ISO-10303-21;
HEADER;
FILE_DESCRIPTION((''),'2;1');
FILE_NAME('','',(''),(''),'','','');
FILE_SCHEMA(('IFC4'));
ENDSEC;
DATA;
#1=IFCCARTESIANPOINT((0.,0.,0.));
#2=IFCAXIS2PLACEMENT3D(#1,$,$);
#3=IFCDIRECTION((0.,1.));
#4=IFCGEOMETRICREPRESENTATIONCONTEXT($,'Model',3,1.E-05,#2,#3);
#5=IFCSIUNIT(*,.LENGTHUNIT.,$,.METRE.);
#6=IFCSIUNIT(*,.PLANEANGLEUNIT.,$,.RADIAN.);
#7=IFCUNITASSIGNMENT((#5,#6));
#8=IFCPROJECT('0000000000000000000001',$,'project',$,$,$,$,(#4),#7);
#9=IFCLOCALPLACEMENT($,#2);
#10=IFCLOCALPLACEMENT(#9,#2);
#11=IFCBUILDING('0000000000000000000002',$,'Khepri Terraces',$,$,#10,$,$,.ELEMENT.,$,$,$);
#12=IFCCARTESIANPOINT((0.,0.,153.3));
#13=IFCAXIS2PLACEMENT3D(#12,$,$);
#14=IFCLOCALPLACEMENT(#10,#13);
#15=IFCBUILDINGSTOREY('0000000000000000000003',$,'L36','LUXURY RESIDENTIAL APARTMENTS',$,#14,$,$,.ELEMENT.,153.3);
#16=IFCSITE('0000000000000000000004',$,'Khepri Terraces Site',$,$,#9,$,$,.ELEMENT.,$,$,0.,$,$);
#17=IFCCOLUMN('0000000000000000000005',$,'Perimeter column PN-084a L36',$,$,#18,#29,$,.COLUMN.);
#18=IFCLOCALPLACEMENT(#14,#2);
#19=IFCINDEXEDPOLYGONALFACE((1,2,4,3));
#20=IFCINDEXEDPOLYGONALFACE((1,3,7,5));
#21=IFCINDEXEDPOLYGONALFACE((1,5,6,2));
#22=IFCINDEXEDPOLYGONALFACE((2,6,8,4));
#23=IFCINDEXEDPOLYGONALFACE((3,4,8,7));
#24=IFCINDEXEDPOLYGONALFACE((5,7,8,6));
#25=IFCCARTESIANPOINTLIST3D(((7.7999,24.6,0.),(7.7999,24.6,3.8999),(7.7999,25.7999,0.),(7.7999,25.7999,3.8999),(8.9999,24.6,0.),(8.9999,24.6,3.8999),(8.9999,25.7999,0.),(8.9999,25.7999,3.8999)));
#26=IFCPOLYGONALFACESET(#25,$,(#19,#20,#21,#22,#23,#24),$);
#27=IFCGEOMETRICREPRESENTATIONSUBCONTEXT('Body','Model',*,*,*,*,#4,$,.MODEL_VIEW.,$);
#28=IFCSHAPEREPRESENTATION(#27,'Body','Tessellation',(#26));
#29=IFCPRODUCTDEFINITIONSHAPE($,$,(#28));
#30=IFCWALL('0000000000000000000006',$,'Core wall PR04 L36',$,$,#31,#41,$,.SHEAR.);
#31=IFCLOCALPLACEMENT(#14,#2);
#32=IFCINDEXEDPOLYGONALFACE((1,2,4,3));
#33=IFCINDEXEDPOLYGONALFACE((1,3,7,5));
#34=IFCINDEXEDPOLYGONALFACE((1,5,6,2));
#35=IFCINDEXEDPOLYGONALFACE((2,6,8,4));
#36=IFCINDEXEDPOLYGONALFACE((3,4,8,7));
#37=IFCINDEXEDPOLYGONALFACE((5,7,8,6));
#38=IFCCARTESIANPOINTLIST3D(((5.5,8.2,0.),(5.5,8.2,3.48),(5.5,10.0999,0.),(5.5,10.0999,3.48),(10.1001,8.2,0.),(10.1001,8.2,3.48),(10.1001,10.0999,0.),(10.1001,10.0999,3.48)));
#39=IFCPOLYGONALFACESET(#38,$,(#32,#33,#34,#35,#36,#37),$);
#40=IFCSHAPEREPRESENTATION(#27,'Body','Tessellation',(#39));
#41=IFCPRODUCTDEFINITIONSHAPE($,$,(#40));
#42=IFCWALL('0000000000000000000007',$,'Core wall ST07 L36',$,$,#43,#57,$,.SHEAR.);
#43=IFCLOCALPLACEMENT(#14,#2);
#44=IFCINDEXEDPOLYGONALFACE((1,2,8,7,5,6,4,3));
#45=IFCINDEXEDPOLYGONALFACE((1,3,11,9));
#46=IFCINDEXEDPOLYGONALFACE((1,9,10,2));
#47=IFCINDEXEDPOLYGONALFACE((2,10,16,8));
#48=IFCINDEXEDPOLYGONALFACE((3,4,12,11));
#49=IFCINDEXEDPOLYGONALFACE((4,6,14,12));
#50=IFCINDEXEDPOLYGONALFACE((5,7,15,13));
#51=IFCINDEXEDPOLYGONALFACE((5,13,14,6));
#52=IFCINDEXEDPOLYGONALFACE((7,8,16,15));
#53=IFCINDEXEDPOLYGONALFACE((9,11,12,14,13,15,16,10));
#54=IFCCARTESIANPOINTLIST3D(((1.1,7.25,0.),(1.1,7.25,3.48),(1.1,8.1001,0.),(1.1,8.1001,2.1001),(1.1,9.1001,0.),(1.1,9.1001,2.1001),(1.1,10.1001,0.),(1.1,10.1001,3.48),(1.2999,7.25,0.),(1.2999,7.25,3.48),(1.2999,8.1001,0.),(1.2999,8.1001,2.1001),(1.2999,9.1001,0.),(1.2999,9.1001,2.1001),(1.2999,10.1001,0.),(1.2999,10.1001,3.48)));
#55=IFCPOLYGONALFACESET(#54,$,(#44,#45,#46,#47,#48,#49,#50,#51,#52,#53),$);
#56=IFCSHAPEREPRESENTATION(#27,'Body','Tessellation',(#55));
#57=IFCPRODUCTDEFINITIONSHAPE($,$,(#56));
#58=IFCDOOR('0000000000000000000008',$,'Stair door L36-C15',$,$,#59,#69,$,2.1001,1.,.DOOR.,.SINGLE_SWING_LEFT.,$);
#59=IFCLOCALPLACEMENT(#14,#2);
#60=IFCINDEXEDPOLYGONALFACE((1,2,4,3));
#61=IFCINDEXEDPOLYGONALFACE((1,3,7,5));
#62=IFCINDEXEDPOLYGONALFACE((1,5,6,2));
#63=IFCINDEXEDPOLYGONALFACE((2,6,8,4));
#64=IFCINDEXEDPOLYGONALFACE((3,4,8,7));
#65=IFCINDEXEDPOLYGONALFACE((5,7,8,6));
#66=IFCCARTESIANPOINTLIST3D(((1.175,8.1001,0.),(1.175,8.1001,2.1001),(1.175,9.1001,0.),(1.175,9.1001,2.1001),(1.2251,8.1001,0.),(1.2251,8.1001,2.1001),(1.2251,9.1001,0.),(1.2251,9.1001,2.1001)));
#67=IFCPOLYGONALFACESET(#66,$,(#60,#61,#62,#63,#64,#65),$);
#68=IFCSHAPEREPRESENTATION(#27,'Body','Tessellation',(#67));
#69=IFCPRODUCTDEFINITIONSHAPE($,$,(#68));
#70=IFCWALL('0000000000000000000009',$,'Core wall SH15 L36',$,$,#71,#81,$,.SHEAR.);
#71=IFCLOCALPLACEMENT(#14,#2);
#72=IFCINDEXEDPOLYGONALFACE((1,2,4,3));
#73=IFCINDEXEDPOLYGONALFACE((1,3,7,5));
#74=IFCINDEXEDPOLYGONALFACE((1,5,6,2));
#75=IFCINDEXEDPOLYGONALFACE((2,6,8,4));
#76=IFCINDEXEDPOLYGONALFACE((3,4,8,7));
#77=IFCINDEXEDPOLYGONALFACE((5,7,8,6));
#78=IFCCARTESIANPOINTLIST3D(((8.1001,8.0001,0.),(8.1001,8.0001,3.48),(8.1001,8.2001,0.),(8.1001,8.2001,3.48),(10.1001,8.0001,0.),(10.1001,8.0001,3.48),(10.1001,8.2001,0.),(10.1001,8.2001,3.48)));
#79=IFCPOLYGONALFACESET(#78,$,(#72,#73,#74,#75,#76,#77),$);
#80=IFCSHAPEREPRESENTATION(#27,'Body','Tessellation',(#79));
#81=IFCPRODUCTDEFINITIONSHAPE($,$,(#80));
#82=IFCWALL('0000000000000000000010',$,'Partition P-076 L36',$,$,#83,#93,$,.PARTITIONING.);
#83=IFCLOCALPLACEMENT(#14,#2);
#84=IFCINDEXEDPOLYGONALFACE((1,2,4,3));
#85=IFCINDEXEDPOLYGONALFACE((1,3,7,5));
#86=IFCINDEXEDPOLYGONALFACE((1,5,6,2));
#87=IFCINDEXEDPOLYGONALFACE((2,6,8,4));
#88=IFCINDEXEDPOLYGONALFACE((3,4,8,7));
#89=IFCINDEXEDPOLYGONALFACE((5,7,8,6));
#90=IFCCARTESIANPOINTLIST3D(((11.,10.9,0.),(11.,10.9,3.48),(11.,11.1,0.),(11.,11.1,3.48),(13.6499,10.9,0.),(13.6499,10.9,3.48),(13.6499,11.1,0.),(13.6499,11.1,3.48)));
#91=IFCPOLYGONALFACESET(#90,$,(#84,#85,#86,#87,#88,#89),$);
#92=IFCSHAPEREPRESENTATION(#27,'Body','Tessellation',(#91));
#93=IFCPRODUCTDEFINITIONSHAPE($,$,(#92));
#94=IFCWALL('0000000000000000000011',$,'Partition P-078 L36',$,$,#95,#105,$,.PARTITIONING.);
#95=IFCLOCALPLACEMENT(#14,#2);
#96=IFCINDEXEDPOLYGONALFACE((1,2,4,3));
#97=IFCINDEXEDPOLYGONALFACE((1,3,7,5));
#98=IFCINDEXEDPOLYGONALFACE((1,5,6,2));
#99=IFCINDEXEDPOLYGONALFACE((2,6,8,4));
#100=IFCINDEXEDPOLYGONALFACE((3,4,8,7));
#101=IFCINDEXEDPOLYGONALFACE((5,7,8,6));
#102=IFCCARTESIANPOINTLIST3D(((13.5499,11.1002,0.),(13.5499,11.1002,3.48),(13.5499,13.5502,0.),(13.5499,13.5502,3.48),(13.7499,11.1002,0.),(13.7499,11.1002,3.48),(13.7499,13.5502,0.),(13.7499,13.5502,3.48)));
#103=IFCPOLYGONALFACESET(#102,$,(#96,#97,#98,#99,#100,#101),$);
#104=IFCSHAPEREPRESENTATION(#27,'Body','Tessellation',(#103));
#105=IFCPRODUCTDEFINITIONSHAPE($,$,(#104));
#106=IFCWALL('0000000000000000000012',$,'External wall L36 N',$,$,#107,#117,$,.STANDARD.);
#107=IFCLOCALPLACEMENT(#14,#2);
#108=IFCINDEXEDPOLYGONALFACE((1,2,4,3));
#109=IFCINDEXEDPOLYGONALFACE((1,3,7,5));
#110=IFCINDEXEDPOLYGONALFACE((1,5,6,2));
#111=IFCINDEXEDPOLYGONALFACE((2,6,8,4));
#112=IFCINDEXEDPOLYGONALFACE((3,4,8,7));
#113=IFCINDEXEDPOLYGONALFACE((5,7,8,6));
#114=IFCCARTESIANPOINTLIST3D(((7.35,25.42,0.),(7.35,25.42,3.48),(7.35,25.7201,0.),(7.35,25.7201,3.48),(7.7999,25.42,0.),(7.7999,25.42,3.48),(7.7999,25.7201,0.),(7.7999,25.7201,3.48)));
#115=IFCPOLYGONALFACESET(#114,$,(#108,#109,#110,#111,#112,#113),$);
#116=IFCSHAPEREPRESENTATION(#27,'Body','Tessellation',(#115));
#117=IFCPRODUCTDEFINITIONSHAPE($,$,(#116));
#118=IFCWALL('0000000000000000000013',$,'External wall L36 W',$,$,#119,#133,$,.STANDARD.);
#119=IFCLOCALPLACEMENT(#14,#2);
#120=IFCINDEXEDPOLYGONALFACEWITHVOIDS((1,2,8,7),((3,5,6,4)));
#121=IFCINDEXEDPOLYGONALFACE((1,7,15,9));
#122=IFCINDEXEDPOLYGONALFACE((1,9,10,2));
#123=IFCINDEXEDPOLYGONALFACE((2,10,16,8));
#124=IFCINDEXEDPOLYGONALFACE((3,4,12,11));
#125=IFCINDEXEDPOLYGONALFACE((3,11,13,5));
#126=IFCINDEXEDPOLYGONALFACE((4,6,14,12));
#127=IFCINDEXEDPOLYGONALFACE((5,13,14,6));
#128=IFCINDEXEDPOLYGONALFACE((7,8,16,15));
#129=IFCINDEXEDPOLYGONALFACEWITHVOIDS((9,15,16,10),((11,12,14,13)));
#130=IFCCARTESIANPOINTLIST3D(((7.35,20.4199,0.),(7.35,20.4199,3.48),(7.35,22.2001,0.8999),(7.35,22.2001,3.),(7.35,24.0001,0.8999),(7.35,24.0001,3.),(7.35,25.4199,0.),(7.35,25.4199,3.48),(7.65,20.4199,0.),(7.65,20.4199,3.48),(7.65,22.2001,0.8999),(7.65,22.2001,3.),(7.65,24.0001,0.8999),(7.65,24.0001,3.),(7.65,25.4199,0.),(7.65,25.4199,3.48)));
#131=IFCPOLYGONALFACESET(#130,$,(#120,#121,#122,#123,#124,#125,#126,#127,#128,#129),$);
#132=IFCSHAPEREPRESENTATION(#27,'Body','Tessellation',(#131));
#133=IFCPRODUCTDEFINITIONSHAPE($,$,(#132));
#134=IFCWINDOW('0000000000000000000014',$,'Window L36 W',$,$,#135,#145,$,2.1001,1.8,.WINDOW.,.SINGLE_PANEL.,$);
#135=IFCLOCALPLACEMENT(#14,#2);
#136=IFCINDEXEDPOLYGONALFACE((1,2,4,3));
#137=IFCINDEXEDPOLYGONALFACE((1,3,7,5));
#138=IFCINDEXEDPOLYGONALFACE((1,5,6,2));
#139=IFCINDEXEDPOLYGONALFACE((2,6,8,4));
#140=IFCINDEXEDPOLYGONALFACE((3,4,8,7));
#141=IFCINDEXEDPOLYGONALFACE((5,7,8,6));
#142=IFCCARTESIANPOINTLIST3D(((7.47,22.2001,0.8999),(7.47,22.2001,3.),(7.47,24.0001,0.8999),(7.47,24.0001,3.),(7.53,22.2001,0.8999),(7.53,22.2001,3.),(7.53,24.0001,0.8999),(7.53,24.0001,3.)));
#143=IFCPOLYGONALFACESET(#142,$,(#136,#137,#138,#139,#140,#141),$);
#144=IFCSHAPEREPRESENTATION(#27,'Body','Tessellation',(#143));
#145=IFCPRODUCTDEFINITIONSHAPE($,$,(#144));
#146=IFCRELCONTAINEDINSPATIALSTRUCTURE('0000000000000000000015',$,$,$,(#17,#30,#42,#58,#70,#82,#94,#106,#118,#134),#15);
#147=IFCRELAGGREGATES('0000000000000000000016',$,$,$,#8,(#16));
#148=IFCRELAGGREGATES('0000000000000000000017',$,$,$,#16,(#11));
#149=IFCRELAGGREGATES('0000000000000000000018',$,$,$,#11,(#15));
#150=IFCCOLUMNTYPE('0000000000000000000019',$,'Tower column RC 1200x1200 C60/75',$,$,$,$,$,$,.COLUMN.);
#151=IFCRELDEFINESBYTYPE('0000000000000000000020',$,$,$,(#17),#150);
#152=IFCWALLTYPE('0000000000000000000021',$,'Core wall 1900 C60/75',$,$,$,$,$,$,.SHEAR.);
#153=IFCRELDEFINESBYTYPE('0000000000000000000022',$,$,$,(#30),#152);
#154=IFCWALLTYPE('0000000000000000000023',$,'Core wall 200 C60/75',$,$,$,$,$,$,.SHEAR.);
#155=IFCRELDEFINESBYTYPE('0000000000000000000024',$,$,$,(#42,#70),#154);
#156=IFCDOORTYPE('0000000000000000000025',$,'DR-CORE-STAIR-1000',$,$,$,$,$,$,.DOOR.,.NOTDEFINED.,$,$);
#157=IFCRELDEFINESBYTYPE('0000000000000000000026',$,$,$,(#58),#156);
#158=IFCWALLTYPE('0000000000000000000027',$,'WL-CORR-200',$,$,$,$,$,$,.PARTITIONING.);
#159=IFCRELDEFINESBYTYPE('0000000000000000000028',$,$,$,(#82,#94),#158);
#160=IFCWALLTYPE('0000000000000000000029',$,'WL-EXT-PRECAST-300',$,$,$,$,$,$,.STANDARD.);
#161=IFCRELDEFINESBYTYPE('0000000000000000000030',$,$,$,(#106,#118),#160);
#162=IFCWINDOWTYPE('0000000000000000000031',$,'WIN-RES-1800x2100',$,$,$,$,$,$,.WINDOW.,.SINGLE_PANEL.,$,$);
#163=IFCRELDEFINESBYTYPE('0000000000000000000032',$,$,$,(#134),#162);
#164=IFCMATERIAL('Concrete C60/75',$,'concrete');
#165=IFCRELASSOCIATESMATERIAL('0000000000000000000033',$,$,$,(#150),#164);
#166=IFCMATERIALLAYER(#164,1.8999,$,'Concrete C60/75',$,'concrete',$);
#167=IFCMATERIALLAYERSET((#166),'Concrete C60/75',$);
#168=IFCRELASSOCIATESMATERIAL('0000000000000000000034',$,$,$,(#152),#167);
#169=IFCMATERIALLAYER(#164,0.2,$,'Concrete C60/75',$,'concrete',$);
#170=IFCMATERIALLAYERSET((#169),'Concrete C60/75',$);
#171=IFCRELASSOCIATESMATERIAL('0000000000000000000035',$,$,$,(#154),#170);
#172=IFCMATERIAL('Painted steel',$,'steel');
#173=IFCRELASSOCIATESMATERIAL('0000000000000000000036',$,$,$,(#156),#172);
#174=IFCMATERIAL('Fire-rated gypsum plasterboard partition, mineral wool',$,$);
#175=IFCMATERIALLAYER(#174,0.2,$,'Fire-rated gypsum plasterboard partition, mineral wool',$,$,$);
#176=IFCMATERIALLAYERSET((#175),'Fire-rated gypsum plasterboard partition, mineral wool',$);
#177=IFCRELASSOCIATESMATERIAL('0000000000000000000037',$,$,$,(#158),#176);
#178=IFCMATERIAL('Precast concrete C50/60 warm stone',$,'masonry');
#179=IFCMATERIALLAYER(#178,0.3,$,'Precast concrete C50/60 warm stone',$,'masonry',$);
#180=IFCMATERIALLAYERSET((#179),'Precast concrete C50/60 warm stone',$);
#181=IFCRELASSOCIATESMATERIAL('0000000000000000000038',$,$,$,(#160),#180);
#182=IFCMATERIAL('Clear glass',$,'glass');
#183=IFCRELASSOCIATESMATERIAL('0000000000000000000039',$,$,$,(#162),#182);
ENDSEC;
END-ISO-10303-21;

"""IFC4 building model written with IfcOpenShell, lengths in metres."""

from ifc_helpers import new_model, si_unit, direction, frame, frame_2d, origin, origin_2d, place, context, subcontext, project, spatial, rectangle, extrude, material, layer, layer_set, material_profile, profile_set, type_object, element, fill, save


model = new_model("IFC4")

# Units and contexts
model_context = context("Model", 3, precision=1e-05, world=origin(), true_north=direction((0.0, 1.0)))
body_context = subcontext(model_context, "Body", "Model", "MODEL_VIEW")
ifc_project = project(units=[si_unit("LENGTHUNIT", "METRE"), si_unit("PLANEANGLEUNIT", "RADIAN")], contexts=[model_context])

# Site, building, storey
site_placement = place(None, origin())
site = spatial("IfcSite", under=ifc_project, at=site_placement, Name="Khepri Terraces Site", CompositionType="ELEMENT", RefElevation=0.0)
building_placement = place(site_placement, origin())
building = spatial("IfcBuilding", under=site, at=building_placement, Name="Khepri Terraces", CompositionType="ELEMENT")
storey_placement = place(building_placement, frame((0.0, 0.0, 153.3)))
storey = spatial("IfcBuildingStorey", under=building, at=storey_placement, Name="L36", Description="LUXURY RESIDENTIAL APARTMENTS", CompositionType="ELEMENT", Elevation=153.3)

# Column
ifc_material_1 = material(Name="Concrete C60/75", Category="concrete")
ifc_material_profile = material_profile(ifc_material_1, rectangle(XDim=1.2, YDim=1.2, at=origin_2d()), Name="Concrete C60/75", Category="concrete")
ifc_profile_set = profile_set([ifc_material_profile], Name="Concrete C60/75")
column_type = type_object("IfcColumnType", Name="Tower column RC 1200x1200 C60/75", PredefinedType="COLUMN", material=ifc_profile_set)
column_placement = place(storey_placement, frame((8.3999, 25.2, 0.0), z_axis=(0.0, 0.0, 1.0), x_axis=(1.0, 0.0, 0.0)))
element("IfcColumn", 1, at=column_placement, inside=storey, type_object=column_type, Name="Perimeter column PN-084a L36", PredefinedType="COLUMN", context=body_context, shape_type="SweptSolid", body=[
    extrude(rectangle(XDim=1.2, YDim=1.2, at=origin_2d()), origin(), (0.0, 0.0, 1.0), 3.8999),
])

# Wall
ifc_layer_1 = layer(ifc_material_1, 1.8999, Name="Concrete C60/75", Category="concrete")
ifc_layer_set_1 = layer_set([ifc_layer_1], Name="Concrete C60/75")
wall_type_1 = type_object("IfcWallType", Name="Core wall 1900 C60/75", PredefinedType="SHEAR", material=ifc_layer_set_1)
wall_1_placement = place(storey_placement, frame((5.5, 9.1499, 0.0), z_axis=(0.0, 0.0, 1.0), x_axis=(1.0, 0.0, 0.0)))
element("IfcWall", 2, at=wall_1_placement, inside=storey, type_object=wall_type_1, Name="Core wall PR04 L36", PredefinedType="SHEAR", context=body_context, shape_type="SweptSolid", body=[
    extrude(rectangle(XDim=4.6001, YDim=1.8999, at=frame_2d((2.3, 0.0))), origin(), (0.0, 0.0, 1.0), 3.48),
])

# Wall, opening, door
ifc_layer_2 = layer(ifc_material_1, 0.2, Name="Concrete C60/75", Category="concrete")
ifc_layer_set_2 = layer_set([ifc_layer_2], Name="Concrete C60/75")
wall_type_2 = type_object("IfcWallType", Name="Core wall 200 C60/75", PredefinedType="SHEAR", material=ifc_layer_set_2)
wall_2_placement = place(storey_placement, frame((1.2, 7.25, 0.0), z_axis=(0.0, 0.0, 1.0), x_axis=(0.0, 1.0, 0.0)))
wall_2 = element("IfcWall", 3, at=wall_2_placement, inside=storey, type_object=wall_type_2, Name="Core wall ST07 L36", PredefinedType="SHEAR", context=body_context, shape_type="SweptSolid", body=[
    extrude(rectangle(XDim=2.8501, YDim=0.2, at=frame_2d((1.425, 0.0))), origin(), (0.0, 0.0, 1.0), 3.48),
])
opening_1_placement = place(wall_2_placement, frame((0.8501, 0.0, 0.0)))
opening_1 = element("IfcOpeningElement", 4, at=opening_1_placement, cuts=wall_2, PredefinedType="OPENING", context=body_context, shape_type="SweptSolid", body=[
    extrude(rectangle(XDim=1.0, YDim=2.1001, at=frame_2d((0.5, 1.05))), frame((0.0, 0.1099, 0.0), z_axis=(0.0, -1.0, 0.0), x_axis=(1.0, 0.0, 0.0)), (0.0, 0.0, 1.0), 0.22),
])
ifc_material_2 = material(Name="Painted steel", Category="steel")
door_type_1 = type_object("IfcDoorType", Name="DR-CORE-STAIR-1000", OperationType="NOTDEFINED", PredefinedType="DOOR", material=ifc_material_2)
door_1_placement = place(opening_1_placement, origin())
door_1 = element("IfcDoor", 5, at=door_1_placement, inside=storey, type_object=door_type_1, Name="Stair door L36-C15", OperationType="SINGLE_SWING_LEFT", OverallHeight=2.1001, OverallWidth=1.0, PredefinedType="DOOR", context=body_context, shape_type="SweptSolid", body=[
    extrude(rectangle(XDim=1.0, YDim=2.1001, at=frame_2d((0.5, 1.05))), frame((0.0, 0.0249, 0.0), z_axis=(0.0, -1.0, 0.0), x_axis=(1.0, 0.0, 0.0)), (0.0, 0.0, 1.0), 0.05),
])
fill(opening_1, door_1)

# Walls
wall_3_placement = place(storey_placement, frame((8.1001, 8.1001, 0.0), z_axis=(0.0, 0.0, 1.0), x_axis=(1.0, 0.0, 0.0)))
element("IfcWall", 6, at=wall_3_placement, inside=storey, type_object=wall_type_2, Name="Core wall SH15 L36", PredefinedType="SHEAR", context=body_context, shape_type="SweptSolid", body=[
    extrude(rectangle(XDim=2.0, YDim=0.2, at=frame_2d((1.0, 0.0))), origin(), (0.0, 0.0, 1.0), 3.48),
])
ifc_material_3 = material(Name="Fire-rated gypsum plasterboard partition, mineral wool")
ifc_layer_3 = layer(ifc_material_3, 0.2, Name="Fire-rated gypsum plasterboard partition, mineral wool")
ifc_layer_set_3 = layer_set([ifc_layer_3], Name="Fire-rated gypsum plasterboard partition, mineral wool")
wall_type_3 = type_object("IfcWallType", Name="WL-CORR-200", PredefinedType="PARTITIONING", material=ifc_layer_set_3)
wall_4_placement = place(storey_placement, frame((11.0, 11.0, 0.0), z_axis=(0.0, 0.0, 1.0), x_axis=(1.0, 0.0, 0.0)))
element("IfcWall", 7, at=wall_4_placement, inside=storey, type_object=wall_type_3, Name="Partition P-076 L36", PredefinedType="PARTITIONING", context=body_context, shape_type="SweptSolid", body=[
    extrude(rectangle(XDim=2.6499, YDim=0.2, at=frame_2d((1.325, 0.0))), origin(), (0.0, 0.0, 1.0), 3.48),
])
wall_5_placement = place(storey_placement, frame((13.6499, 11.1001, 0.0), z_axis=(0.0, 0.0, 1.0), x_axis=(0.0, 1.0, 0.0)))
element("IfcWall", 8, at=wall_5_placement, inside=storey, type_object=wall_type_3, Name="Partition P-078 L36", PredefinedType="PARTITIONING", context=body_context, shape_type="SweptSolid", body=[
    extrude(rectangle(XDim=2.45, YDim=0.2, at=frame_2d((1.2251, 0.0))), origin(), (0.0, 0.0, 1.0), 3.48),
])
ifc_material_4 = material(Name="Precast concrete C50/60 warm stone", Category="masonry")
ifc_layer_4 = layer(ifc_material_4, 0.3, Name="Precast concrete C50/60 warm stone", Category="masonry")
ifc_layer_set_4 = layer_set([ifc_layer_4], Name="Precast concrete C50/60 warm stone")
wall_type_4 = type_object("IfcWallType", Name="WL-EXT-PRECAST-300", PredefinedType="STANDARD", material=ifc_layer_set_4)
wall_6_placement = place(storey_placement, frame((7.8, 25.5701, 0.0), z_axis=(0.0, 0.0, 1.0), x_axis=(-1.0, 0.0, 0.0)))
element("IfcWall", 9, at=wall_6_placement, inside=storey, type_object=wall_type_4, Name="External wall L36 N", PredefinedType="STANDARD", context=body_context, shape_type="SweptSolid", body=[
    extrude(rectangle(XDim=0.45, YDim=0.3, at=frame_2d((0.2251, 0.0))), origin(), (0.0, 0.0, 1.0), 3.48),
])

# Wall, opening, window
wall_7_placement = place(storey_placement, frame((7.5, 25.4199, 0.0), z_axis=(0.0, 0.0, 1.0), x_axis=(0.0, -1.0, 0.0)))
wall_7 = element("IfcWall", 10, at=wall_7_placement, inside=storey, type_object=wall_type_4, Name="External wall L36 W", PredefinedType="STANDARD", context=body_context, shape_type="SweptSolid", body=[
    extrude(rectangle(XDim=5.0, YDim=0.3, at=frame_2d((2.5, 0.0))), origin(), (0.0, 0.0, 1.0), 3.48),
])
opening_2_placement = place(wall_7_placement, frame((1.4199, 0.0, 0.8999)))
opening_2 = element("IfcOpeningElement", 11, at=opening_2_placement, cuts=wall_7, PredefinedType="OPENING", context=body_context, shape_type="SweptSolid", body=[
    extrude(rectangle(XDim=1.8, YDim=2.1001, at=frame_2d((0.8999, 1.05))), frame((0.0, 0.1602, 0.0), z_axis=(0.0, -1.0, 0.0), x_axis=(1.0, 0.0, 0.0)), (0.0, 0.0, 1.0), 0.3201),
])
ifc_material_5 = material(Name="Clear glass", Category="glass")
window_type_1 = type_object("IfcWindowType", Name="WIN-RES-1800x2100", PartitioningType="SINGLE_PANEL", PredefinedType="WINDOW", material=ifc_material_5)
window_1_placement = place(opening_2_placement, origin())
window_1 = element("IfcWindow", 12, at=window_1_placement, inside=storey, type_object=window_type_1, Name="Window L36 W", OverallHeight=2.1001, OverallWidth=1.8, PartitioningType="SINGLE_PANEL", PredefinedType="WINDOW", context=body_context, shape_type="SweptSolid", body=[
    extrude(rectangle(XDim=1.8, YDim=2.1001, at=frame_2d((0.8999, 1.05))), frame((0.0, 0.03, 0.0), z_axis=(0.0, -1.0, 0.0), x_axis=(1.0, 0.0, 0.0)), (0.0, 0.0, 1.0), 0.0601),
])
fill(opening_2, window_1)

save(model, "model.ifc")
